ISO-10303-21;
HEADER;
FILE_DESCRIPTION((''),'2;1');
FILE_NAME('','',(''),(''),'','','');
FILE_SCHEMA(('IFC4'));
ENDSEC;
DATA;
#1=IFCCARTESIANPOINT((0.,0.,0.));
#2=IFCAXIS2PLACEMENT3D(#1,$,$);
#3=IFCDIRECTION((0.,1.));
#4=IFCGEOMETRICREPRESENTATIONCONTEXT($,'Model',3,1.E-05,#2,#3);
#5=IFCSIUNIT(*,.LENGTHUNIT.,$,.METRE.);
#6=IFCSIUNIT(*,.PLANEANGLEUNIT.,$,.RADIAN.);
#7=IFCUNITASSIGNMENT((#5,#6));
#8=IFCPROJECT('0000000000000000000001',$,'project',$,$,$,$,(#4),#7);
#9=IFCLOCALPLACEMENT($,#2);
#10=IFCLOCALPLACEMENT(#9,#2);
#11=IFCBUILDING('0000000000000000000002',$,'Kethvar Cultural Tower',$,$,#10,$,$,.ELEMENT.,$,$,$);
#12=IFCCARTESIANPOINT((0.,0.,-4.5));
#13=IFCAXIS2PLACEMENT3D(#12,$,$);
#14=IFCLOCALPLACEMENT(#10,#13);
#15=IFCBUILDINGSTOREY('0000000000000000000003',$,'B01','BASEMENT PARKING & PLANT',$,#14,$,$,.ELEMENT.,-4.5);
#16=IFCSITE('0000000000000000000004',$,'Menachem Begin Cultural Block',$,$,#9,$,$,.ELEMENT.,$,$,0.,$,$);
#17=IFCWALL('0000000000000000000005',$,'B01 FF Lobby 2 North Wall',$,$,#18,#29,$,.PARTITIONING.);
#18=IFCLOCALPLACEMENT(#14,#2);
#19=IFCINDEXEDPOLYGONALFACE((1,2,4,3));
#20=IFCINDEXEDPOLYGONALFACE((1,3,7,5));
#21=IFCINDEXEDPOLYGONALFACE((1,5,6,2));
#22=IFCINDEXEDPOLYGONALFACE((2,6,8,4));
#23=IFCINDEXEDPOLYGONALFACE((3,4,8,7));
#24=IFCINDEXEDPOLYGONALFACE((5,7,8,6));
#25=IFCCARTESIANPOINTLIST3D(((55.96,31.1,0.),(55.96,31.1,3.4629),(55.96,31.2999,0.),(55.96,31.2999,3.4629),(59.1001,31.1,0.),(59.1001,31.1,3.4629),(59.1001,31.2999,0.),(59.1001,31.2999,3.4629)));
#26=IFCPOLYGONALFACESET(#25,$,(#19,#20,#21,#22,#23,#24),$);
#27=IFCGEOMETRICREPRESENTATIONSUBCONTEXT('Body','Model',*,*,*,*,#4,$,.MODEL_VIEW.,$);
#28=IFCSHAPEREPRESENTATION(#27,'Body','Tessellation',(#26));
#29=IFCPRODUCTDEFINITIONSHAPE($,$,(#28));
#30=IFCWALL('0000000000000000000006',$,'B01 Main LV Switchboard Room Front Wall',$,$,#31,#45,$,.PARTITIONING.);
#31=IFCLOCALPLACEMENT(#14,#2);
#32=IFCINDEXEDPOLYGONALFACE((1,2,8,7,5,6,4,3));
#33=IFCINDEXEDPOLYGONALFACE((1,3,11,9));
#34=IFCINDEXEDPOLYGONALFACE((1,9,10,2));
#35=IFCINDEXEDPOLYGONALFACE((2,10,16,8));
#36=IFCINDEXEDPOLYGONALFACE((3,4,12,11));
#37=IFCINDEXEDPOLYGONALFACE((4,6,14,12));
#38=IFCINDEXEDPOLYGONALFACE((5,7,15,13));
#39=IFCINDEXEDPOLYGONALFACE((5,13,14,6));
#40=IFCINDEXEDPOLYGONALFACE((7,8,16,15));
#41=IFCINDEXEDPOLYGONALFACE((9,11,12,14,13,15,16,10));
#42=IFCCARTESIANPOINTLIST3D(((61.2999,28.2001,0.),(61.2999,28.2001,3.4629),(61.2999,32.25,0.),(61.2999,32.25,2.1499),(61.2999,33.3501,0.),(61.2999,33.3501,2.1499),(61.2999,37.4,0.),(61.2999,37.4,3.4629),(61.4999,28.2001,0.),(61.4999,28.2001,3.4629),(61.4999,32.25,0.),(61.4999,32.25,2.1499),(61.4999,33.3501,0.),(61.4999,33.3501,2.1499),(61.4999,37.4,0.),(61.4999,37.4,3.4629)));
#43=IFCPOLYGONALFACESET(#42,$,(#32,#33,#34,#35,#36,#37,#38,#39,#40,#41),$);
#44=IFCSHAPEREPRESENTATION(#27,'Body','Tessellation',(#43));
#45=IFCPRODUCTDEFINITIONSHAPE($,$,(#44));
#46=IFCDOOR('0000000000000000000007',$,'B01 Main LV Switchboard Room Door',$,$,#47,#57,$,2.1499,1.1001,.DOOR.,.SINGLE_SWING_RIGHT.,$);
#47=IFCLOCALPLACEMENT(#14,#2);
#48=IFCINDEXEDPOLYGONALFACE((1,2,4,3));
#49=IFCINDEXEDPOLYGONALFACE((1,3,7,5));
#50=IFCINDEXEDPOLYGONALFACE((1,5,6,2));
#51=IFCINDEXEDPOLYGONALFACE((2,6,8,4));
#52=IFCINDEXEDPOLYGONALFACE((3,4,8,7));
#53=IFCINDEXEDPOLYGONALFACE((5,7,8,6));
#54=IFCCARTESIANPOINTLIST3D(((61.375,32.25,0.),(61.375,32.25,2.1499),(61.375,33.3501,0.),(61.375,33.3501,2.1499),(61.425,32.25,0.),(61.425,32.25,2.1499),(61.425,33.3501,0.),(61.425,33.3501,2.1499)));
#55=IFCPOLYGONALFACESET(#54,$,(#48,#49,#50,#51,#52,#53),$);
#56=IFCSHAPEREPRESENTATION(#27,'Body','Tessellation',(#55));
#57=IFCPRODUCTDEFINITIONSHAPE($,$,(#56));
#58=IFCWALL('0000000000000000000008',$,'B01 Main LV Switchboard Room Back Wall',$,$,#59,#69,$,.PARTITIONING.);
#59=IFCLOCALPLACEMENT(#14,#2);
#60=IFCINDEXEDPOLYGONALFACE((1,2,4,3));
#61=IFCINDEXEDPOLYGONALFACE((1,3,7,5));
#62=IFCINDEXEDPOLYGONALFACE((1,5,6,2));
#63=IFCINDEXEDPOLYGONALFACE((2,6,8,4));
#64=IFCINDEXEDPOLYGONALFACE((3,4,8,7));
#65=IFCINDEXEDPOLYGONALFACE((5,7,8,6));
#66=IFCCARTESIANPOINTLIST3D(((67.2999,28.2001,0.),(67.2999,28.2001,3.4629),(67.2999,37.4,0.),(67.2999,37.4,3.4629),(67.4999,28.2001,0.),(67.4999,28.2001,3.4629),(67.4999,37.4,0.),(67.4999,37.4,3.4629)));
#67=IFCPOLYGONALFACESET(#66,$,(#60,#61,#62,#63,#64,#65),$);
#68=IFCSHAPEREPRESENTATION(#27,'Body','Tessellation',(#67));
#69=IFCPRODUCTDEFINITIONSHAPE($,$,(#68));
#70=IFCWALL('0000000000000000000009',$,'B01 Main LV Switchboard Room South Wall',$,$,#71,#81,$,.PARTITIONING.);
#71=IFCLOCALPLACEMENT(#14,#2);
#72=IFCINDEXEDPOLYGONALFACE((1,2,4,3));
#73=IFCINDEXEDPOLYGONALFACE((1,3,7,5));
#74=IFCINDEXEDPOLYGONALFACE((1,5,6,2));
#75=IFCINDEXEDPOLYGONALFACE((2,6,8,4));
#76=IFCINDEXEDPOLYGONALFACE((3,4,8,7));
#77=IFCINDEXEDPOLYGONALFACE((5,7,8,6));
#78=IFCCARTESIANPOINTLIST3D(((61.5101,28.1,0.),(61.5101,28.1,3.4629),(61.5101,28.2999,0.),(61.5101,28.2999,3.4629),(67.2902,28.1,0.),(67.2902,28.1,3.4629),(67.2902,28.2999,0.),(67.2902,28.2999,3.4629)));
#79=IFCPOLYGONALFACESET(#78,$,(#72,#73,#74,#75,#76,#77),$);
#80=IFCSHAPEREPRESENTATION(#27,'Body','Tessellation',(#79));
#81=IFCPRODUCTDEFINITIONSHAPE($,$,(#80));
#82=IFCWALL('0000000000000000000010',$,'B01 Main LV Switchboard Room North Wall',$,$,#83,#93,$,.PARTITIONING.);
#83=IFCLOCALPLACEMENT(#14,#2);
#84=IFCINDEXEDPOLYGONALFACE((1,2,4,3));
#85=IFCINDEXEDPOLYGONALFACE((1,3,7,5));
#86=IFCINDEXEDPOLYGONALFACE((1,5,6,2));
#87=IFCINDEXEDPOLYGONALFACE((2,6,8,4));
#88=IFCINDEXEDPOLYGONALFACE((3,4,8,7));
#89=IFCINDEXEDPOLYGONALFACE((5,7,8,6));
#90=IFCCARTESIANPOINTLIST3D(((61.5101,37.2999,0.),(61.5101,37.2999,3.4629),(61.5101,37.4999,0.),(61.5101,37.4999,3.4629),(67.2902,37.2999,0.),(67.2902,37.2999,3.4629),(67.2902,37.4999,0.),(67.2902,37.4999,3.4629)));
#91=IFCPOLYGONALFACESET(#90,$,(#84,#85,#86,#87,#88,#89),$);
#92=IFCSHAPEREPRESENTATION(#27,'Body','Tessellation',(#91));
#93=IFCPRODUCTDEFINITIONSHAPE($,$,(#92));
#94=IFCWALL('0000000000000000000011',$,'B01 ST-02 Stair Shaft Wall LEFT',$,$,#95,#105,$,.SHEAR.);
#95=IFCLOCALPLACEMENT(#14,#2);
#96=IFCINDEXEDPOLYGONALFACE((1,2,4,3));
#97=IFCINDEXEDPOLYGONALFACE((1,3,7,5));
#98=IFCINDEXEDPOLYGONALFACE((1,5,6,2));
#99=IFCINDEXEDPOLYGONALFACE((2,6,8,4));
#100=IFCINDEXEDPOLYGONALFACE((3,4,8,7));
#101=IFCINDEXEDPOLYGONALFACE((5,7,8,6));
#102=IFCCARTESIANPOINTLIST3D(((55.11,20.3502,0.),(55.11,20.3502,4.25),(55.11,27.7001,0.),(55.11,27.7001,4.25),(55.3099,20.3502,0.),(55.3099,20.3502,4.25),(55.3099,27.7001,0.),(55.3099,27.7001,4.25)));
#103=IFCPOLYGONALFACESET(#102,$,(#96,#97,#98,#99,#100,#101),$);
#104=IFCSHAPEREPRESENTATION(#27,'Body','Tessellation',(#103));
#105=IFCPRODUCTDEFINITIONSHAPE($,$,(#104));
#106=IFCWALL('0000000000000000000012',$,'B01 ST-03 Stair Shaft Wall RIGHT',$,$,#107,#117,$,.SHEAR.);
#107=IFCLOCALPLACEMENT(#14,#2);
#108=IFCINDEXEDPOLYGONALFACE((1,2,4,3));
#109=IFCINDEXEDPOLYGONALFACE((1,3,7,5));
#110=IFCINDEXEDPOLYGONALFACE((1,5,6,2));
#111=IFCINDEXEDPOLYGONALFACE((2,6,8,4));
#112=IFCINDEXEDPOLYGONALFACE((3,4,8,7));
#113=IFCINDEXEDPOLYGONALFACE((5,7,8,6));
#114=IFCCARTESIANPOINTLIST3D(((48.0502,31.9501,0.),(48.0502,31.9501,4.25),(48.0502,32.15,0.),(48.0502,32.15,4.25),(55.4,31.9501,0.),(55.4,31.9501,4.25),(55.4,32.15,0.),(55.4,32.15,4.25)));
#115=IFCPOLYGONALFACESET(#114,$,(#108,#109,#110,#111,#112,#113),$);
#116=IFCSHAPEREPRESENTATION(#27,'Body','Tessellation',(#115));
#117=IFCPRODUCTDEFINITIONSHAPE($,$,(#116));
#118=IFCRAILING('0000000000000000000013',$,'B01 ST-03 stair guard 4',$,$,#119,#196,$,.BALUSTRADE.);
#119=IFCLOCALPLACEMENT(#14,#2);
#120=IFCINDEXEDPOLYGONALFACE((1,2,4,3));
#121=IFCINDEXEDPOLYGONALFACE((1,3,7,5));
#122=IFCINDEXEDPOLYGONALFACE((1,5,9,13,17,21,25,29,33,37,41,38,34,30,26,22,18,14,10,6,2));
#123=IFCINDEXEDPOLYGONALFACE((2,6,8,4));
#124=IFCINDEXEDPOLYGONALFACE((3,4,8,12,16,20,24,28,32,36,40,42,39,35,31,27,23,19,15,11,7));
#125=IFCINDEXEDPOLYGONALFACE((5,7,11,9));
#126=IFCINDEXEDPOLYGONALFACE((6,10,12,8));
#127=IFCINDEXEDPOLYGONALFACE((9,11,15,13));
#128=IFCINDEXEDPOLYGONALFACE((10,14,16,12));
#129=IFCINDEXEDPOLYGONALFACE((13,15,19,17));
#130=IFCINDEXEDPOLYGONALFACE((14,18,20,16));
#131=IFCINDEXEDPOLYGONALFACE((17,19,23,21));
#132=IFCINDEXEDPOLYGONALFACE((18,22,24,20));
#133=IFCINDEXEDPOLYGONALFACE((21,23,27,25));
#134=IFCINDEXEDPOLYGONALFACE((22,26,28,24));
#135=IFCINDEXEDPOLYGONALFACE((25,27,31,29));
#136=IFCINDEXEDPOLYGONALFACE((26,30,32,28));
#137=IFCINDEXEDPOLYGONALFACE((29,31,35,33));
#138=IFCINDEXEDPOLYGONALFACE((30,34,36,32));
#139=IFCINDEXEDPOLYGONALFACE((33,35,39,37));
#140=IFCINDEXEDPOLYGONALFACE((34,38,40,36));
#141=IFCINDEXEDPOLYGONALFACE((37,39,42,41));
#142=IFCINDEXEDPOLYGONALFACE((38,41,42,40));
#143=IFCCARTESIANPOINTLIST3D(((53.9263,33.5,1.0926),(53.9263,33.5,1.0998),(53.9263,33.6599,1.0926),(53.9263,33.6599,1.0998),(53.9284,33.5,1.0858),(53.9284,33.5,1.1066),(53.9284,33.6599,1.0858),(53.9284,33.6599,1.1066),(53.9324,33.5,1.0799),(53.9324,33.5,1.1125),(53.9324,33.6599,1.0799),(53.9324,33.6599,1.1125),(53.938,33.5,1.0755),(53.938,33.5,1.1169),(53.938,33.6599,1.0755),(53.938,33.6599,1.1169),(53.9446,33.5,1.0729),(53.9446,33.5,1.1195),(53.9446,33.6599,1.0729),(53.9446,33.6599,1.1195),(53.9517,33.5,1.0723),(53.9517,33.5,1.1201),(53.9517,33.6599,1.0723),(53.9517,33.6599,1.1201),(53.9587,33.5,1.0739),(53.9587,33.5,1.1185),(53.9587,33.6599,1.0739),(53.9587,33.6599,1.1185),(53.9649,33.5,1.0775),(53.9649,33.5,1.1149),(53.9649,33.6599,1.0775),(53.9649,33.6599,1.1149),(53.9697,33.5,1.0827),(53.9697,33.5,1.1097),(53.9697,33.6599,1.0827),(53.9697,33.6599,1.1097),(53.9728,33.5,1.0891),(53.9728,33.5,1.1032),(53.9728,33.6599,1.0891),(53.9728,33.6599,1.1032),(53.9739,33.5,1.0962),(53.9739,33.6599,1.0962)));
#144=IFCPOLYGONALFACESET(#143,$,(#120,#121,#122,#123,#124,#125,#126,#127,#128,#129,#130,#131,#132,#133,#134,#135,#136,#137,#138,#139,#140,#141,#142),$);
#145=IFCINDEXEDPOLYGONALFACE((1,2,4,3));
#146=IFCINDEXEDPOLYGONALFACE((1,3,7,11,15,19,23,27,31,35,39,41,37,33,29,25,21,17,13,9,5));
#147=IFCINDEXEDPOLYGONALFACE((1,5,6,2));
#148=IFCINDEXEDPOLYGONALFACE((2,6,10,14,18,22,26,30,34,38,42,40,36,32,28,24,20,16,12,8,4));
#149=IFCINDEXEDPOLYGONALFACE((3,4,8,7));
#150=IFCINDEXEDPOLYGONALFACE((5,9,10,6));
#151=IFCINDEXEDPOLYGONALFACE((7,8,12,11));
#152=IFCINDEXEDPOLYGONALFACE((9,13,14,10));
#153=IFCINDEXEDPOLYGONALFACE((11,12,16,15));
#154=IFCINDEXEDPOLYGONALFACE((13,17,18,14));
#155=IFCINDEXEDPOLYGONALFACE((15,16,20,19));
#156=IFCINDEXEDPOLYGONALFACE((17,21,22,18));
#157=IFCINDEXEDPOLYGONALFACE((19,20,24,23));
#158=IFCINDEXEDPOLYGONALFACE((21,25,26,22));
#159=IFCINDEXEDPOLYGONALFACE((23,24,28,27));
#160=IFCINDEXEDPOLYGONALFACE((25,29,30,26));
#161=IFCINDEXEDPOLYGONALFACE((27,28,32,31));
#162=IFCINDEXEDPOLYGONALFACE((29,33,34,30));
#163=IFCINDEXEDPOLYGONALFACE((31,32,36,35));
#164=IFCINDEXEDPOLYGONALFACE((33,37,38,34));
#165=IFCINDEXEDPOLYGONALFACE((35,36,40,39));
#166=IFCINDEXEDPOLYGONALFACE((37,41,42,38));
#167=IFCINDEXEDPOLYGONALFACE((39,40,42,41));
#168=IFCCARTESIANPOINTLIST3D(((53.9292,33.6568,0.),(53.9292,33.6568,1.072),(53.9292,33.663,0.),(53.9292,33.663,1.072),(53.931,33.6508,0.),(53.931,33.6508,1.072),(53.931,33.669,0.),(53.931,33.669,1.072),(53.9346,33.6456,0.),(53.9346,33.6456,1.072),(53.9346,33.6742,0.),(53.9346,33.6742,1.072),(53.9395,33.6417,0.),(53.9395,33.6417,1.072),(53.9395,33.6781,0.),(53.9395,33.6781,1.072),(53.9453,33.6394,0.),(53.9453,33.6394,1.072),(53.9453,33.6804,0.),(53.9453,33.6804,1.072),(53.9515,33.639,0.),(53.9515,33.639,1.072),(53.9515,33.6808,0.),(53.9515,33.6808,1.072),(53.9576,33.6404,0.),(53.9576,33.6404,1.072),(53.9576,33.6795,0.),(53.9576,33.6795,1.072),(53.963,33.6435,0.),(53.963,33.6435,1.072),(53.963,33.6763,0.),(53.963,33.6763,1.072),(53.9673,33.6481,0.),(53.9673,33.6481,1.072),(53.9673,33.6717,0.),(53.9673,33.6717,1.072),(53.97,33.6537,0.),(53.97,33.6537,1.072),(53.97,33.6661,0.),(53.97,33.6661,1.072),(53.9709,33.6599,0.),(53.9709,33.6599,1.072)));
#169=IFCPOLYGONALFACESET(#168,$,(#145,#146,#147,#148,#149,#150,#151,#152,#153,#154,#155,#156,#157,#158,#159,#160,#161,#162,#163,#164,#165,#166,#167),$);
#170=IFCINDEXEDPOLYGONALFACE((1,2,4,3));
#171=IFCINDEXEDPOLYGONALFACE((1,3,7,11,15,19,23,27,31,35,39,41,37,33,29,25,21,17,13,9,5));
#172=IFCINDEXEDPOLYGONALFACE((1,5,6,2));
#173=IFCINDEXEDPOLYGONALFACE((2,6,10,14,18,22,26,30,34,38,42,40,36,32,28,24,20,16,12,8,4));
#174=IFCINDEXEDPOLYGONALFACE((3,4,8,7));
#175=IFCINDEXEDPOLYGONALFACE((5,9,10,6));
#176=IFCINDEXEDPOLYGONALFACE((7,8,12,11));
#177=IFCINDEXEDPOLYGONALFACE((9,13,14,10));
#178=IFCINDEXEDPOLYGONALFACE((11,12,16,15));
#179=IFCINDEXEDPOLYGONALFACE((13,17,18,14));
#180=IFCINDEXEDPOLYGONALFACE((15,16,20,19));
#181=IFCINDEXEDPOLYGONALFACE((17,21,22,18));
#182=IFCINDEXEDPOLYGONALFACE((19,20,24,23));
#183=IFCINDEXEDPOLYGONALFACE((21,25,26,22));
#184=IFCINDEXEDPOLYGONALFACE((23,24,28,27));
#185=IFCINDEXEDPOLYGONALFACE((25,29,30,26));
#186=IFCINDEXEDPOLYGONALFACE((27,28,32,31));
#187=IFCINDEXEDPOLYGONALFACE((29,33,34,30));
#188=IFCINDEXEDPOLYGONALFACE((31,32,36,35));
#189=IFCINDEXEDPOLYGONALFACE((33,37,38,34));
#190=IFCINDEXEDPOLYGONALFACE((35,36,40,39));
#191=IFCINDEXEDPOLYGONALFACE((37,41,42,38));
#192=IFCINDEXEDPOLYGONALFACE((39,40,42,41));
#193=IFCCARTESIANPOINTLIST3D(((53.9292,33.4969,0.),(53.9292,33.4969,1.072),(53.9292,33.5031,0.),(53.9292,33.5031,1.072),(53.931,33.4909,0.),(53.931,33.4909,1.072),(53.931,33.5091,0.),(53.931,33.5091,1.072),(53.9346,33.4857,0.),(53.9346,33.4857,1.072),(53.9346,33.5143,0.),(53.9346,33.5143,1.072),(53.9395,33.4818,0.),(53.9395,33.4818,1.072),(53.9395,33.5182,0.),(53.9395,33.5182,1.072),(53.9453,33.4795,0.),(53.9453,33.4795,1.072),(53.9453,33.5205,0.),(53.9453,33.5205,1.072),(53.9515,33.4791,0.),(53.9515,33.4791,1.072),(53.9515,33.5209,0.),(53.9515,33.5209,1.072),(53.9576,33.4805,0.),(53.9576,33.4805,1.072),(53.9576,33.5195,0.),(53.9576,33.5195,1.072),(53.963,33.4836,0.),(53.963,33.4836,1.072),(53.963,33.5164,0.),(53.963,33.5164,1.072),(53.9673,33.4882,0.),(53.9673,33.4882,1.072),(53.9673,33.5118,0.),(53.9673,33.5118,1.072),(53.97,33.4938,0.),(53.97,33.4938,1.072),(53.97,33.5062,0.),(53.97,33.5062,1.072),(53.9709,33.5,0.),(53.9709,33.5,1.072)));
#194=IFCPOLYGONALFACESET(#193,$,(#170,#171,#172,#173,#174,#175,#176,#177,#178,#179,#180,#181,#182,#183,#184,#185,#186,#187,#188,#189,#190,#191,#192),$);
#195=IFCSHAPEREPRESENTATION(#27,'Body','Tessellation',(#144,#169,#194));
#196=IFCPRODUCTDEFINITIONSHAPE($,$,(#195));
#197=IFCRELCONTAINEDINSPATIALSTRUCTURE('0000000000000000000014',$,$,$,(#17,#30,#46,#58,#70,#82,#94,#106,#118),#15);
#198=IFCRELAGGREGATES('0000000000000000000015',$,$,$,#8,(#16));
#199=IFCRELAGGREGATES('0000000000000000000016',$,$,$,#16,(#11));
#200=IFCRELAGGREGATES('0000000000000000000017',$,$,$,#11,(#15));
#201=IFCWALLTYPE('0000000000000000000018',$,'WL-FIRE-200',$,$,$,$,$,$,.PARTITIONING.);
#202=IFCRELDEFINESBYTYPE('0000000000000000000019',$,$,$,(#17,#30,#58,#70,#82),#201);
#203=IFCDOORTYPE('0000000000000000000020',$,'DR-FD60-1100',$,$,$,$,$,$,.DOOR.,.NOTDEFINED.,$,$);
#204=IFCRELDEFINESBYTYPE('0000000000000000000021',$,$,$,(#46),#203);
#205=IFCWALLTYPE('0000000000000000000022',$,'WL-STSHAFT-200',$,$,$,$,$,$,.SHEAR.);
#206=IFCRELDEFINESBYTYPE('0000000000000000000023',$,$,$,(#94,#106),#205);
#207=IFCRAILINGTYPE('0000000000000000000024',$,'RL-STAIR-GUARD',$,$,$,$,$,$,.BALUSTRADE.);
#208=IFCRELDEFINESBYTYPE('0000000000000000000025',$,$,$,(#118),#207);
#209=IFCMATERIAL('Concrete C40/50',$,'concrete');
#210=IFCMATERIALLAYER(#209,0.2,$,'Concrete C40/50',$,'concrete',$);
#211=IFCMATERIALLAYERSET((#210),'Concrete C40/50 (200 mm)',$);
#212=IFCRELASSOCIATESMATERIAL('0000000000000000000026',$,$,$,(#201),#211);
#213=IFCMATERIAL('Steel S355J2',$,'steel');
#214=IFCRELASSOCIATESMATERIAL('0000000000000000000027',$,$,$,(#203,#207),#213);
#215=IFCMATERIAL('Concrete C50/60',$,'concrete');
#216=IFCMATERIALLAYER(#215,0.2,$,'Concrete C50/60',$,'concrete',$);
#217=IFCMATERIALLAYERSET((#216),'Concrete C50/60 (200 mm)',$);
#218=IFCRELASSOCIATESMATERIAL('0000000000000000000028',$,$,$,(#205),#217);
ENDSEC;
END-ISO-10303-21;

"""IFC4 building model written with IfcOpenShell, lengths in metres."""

from ifc_helpers import new_model, si_unit, direction, frame, frame_2d, origin, origin_2d, place, context, subcontext, project, spatial, rectangle, circle, extrude, source, transform, mapped, material, layer, layer_set, type_object, element, fill, save


model = new_model("IFC4")

# Units and contexts
model_context = context("Model", 3, precision=1e-05, world=origin(), true_north=direction((0.0, 1.0)))
body_context = subcontext(model_context, "Body", "Model", "MODEL_VIEW")
ifc_project = project(units=[si_unit("LENGTHUNIT", "METRE"), si_unit("PLANEANGLEUNIT", "RADIAN")], contexts=[model_context])

# Site, building, storey
site_placement = place(None, origin())
site = spatial("IfcSite", under=ifc_project, at=site_placement, Name="Menachem Begin Cultural Block", CompositionType="ELEMENT", RefElevation=0.0)
building_placement = place(site_placement, origin())
building = spatial("IfcBuilding", under=site, at=building_placement, Name="Kethvar Cultural Tower", CompositionType="ELEMENT")
storey_placement = place(building_placement, frame((0.0, 0.0, -4.5)))
storey = spatial("IfcBuildingStorey", under=building, at=storey_placement, Name="B01", Description="BASEMENT PARKING & PLANT", CompositionType="ELEMENT", Elevation=-4.5)

# Shared definitions
ifc_material_1 = material(Name="Steel S355J2", Category="steel")

# Wall
ifc_material_2 = material(Name="Concrete C40/50", Category="concrete")
ifc_layer_1 = layer(ifc_material_2, 0.2, Name="Concrete C40/50", Category="concrete")
ifc_layer_set_1 = layer_set([ifc_layer_1], Name="Concrete C40/50 (200 mm)")
wall_type_1 = type_object("IfcWallType", Name="WL-FIRE-200", PredefinedType="PARTITIONING", material=ifc_layer_set_1)
wall_1_placement = place(storey_placement, frame((55.96, 31.2, 0.0), z_axis=(0.0, 0.0, 1.0), x_axis=(1.0, 0.0, 0.0)))
element("IfcWall", 1, at=wall_1_placement, inside=storey, type_object=wall_type_1, Name="B01 FF Lobby 2 North Wall", PredefinedType="PARTITIONING", context=body_context, shape_type="SweptSolid", body=[
    extrude(rectangle(XDim=3.1401, YDim=0.2, at=frame_2d((1.5701, 0.0))), origin(), (0.0, 0.0, 1.0), 3.4629),
])

# Wall, opening, door
wall_2_placement = place(storey_placement, frame((61.3999, 28.2, 0.0), z_axis=(0.0, 0.0, 1.0), x_axis=(0.0, 1.0, 0.0)))
wall_2 = element("IfcWall", 2, at=wall_2_placement, inside=storey, type_object=wall_type_1, Name="B01 Main LV Switchboard Room Front Wall", PredefinedType="PARTITIONING", context=body_context, shape_type="SweptSolid", body=[
    extrude(rectangle(XDim=9.2, YDim=0.2, at=frame_2d((4.6001, 0.0))), origin(), (0.0, 0.0, 1.0), 3.4629),
])
opening_1_placement = place(wall_2_placement, frame((4.05, 0.0, 0.0)))
opening_1 = element("IfcOpeningElement", 3, at=opening_1_placement, cuts=wall_2, PredefinedType="OPENING", context=body_context, shape_type="SweptSolid", body=[
    extrude(rectangle(XDim=1.1001, YDim=2.1499, at=frame_2d((0.55, 1.075))), frame((0.0, 0.1099, 0.0), z_axis=(0.0, -1.0, 0.0), x_axis=(1.0, 0.0, 0.0)), (0.0, 0.0, 1.0), 0.22),
])
door_type_1 = type_object("IfcDoorType", Name="DR-FD60-1100", OperationType="NOTDEFINED", PredefinedType="DOOR", material=ifc_material_1)
shared_shape_1 = source(origin(), body_context, "Body", "SweptSolid", [
    extrude(rectangle(XDim=1.1001, YDim=2.1499, at=frame_2d((0.55, 1.075))), frame((0.0, 0.0249, 0.0), z_axis=(0.0, -1.0, 0.0), x_axis=(1.0, 0.0, 0.0)), (0.0, 0.0, 1.0), 0.05),
])
door_1_placement = place(opening_1_placement, origin())
door_1 = element("IfcDoor", 4, at=door_1_placement, inside=storey, type_object=door_type_1, Name="B01 Main LV Switchboard Room Door", OperationType="SINGLE_SWING_RIGHT", OverallHeight=2.1499, OverallWidth=1.1001, PredefinedType="DOOR", context=body_context, shape_type="MappedRepresentation", body=[
    mapped(shared_shape_1, transform((0.0, 0.0, 0.0), scale=1.0)),
])
fill(opening_1, door_1)

# Walls
wall_3_placement = place(storey_placement, frame((67.3999, 28.2, 0.0), z_axis=(0.0, 0.0, 1.0), x_axis=(0.0, 1.0, 0.0)))
element("IfcWall", 5, at=wall_3_placement, inside=storey, type_object=wall_type_1, Name="B01 Main LV Switchboard Room Back Wall", PredefinedType="PARTITIONING", context=body_context, shape_type="SweptSolid", body=[
    extrude(rectangle(XDim=9.2, YDim=0.2, at=frame_2d((4.6001, 0.0))), origin(), (0.0, 0.0, 1.0), 3.4629),
])
for number, where, z_axis, x_axis, name in (
    (6, (61.51, 28.2, 0.0), (0.0, 0.0, 1.0), (1.0, 0.0, 0.0), "B01 Main LV Switchboard Room South Wall"),
    (7, (61.51, 37.3999, 0.0), (0.0, 0.0, 1.0), (1.0, 0.0, 0.0), "B01 Main LV Switchboard Room North Wall"),
):
    element("IfcWall", number, at=place(storey_placement, frame(where, z_axis=z_axis, x_axis=x_axis)), inside=storey, type_object=wall_type_1, Name=name, PredefinedType="PARTITIONING", context=body_context, shape_type="SweptSolid", body=[
        extrude(rectangle(XDim=5.78, YDim=0.2, at=frame_2d((2.8901, 0.0))), origin(), (0.0, 0.0, 1.0), 3.4629),
    ])
ifc_material_3 = material(Name="Concrete C50/60", Category="concrete")
ifc_layer_2 = layer(ifc_material_3, 0.2, Name="Concrete C50/60", Category="concrete")
ifc_layer_set_2 = layer_set([ifc_layer_2], Name="Concrete C50/60 (200 mm)")
wall_type_2 = type_object("IfcWallType", Name="WL-STSHAFT-200", PredefinedType="SHEAR", material=ifc_layer_set_2)
for number, where, z_axis, x_axis, name in (
    (8, (55.21, 27.7, 0.0), (0.0, 0.0, 1.0), (0.0, -1.0, 0.0), "B01 ST-02 Stair Shaft Wall LEFT"),
    (9, (55.3999, 32.05, 0.0), (0.0, 0.0, 1.0), (-1.0, 0.0, 0.0), "B01 ST-03 Stair Shaft Wall RIGHT"),
):
    element("IfcWall", number, at=place(storey_placement, frame(where, z_axis=z_axis, x_axis=x_axis)), inside=storey, type_object=wall_type_2, Name=name, PredefinedType="SHEAR", context=body_context, shape_type="SweptSolid", body=[
        extrude(rectangle(XDim=7.3499, YDim=0.2, at=frame_2d((3.6748, 0.0))), origin(), (0.0, 0.0, 1.0), 4.25),
    ])

# Railing
railing_type = type_object("IfcRailingType", Name="RL-STAIR-GUARD", PredefinedType="BALUSTRADE", material=ifc_material_1)
railing_1_placement = place(storey_placement, frame((53.95, 33.6599, 0.0)))
element("IfcRailing", 10, at=railing_1_placement, inside=storey, type_object=railing_type, Name="B01 ST-03 stair guard 4", PredefinedType="BALUSTRADE", context=body_context, shape_type="SweptSolid", body=[
    extrude(circle(Radius=0.0239, at=origin_2d()), frame((0.0, 0.0, 1.0962), z_axis=(0.0, -1.0, 0.0), x_axis=(1.0, 0.0, 0.0)), (0.0, 0.0, 1.0), 0.1599),
    extrude(circle(Radius=0.021, at=origin_2d()), origin(), (0.0, 0.0, 1.0), 1.072),
    extrude(circle(Radius=0.021, at=origin_2d()), frame((0.0, -0.1599, 0.0)), (0.0, 0.0, 1.0), 1.072),
])

save(model, "model.ifc")
